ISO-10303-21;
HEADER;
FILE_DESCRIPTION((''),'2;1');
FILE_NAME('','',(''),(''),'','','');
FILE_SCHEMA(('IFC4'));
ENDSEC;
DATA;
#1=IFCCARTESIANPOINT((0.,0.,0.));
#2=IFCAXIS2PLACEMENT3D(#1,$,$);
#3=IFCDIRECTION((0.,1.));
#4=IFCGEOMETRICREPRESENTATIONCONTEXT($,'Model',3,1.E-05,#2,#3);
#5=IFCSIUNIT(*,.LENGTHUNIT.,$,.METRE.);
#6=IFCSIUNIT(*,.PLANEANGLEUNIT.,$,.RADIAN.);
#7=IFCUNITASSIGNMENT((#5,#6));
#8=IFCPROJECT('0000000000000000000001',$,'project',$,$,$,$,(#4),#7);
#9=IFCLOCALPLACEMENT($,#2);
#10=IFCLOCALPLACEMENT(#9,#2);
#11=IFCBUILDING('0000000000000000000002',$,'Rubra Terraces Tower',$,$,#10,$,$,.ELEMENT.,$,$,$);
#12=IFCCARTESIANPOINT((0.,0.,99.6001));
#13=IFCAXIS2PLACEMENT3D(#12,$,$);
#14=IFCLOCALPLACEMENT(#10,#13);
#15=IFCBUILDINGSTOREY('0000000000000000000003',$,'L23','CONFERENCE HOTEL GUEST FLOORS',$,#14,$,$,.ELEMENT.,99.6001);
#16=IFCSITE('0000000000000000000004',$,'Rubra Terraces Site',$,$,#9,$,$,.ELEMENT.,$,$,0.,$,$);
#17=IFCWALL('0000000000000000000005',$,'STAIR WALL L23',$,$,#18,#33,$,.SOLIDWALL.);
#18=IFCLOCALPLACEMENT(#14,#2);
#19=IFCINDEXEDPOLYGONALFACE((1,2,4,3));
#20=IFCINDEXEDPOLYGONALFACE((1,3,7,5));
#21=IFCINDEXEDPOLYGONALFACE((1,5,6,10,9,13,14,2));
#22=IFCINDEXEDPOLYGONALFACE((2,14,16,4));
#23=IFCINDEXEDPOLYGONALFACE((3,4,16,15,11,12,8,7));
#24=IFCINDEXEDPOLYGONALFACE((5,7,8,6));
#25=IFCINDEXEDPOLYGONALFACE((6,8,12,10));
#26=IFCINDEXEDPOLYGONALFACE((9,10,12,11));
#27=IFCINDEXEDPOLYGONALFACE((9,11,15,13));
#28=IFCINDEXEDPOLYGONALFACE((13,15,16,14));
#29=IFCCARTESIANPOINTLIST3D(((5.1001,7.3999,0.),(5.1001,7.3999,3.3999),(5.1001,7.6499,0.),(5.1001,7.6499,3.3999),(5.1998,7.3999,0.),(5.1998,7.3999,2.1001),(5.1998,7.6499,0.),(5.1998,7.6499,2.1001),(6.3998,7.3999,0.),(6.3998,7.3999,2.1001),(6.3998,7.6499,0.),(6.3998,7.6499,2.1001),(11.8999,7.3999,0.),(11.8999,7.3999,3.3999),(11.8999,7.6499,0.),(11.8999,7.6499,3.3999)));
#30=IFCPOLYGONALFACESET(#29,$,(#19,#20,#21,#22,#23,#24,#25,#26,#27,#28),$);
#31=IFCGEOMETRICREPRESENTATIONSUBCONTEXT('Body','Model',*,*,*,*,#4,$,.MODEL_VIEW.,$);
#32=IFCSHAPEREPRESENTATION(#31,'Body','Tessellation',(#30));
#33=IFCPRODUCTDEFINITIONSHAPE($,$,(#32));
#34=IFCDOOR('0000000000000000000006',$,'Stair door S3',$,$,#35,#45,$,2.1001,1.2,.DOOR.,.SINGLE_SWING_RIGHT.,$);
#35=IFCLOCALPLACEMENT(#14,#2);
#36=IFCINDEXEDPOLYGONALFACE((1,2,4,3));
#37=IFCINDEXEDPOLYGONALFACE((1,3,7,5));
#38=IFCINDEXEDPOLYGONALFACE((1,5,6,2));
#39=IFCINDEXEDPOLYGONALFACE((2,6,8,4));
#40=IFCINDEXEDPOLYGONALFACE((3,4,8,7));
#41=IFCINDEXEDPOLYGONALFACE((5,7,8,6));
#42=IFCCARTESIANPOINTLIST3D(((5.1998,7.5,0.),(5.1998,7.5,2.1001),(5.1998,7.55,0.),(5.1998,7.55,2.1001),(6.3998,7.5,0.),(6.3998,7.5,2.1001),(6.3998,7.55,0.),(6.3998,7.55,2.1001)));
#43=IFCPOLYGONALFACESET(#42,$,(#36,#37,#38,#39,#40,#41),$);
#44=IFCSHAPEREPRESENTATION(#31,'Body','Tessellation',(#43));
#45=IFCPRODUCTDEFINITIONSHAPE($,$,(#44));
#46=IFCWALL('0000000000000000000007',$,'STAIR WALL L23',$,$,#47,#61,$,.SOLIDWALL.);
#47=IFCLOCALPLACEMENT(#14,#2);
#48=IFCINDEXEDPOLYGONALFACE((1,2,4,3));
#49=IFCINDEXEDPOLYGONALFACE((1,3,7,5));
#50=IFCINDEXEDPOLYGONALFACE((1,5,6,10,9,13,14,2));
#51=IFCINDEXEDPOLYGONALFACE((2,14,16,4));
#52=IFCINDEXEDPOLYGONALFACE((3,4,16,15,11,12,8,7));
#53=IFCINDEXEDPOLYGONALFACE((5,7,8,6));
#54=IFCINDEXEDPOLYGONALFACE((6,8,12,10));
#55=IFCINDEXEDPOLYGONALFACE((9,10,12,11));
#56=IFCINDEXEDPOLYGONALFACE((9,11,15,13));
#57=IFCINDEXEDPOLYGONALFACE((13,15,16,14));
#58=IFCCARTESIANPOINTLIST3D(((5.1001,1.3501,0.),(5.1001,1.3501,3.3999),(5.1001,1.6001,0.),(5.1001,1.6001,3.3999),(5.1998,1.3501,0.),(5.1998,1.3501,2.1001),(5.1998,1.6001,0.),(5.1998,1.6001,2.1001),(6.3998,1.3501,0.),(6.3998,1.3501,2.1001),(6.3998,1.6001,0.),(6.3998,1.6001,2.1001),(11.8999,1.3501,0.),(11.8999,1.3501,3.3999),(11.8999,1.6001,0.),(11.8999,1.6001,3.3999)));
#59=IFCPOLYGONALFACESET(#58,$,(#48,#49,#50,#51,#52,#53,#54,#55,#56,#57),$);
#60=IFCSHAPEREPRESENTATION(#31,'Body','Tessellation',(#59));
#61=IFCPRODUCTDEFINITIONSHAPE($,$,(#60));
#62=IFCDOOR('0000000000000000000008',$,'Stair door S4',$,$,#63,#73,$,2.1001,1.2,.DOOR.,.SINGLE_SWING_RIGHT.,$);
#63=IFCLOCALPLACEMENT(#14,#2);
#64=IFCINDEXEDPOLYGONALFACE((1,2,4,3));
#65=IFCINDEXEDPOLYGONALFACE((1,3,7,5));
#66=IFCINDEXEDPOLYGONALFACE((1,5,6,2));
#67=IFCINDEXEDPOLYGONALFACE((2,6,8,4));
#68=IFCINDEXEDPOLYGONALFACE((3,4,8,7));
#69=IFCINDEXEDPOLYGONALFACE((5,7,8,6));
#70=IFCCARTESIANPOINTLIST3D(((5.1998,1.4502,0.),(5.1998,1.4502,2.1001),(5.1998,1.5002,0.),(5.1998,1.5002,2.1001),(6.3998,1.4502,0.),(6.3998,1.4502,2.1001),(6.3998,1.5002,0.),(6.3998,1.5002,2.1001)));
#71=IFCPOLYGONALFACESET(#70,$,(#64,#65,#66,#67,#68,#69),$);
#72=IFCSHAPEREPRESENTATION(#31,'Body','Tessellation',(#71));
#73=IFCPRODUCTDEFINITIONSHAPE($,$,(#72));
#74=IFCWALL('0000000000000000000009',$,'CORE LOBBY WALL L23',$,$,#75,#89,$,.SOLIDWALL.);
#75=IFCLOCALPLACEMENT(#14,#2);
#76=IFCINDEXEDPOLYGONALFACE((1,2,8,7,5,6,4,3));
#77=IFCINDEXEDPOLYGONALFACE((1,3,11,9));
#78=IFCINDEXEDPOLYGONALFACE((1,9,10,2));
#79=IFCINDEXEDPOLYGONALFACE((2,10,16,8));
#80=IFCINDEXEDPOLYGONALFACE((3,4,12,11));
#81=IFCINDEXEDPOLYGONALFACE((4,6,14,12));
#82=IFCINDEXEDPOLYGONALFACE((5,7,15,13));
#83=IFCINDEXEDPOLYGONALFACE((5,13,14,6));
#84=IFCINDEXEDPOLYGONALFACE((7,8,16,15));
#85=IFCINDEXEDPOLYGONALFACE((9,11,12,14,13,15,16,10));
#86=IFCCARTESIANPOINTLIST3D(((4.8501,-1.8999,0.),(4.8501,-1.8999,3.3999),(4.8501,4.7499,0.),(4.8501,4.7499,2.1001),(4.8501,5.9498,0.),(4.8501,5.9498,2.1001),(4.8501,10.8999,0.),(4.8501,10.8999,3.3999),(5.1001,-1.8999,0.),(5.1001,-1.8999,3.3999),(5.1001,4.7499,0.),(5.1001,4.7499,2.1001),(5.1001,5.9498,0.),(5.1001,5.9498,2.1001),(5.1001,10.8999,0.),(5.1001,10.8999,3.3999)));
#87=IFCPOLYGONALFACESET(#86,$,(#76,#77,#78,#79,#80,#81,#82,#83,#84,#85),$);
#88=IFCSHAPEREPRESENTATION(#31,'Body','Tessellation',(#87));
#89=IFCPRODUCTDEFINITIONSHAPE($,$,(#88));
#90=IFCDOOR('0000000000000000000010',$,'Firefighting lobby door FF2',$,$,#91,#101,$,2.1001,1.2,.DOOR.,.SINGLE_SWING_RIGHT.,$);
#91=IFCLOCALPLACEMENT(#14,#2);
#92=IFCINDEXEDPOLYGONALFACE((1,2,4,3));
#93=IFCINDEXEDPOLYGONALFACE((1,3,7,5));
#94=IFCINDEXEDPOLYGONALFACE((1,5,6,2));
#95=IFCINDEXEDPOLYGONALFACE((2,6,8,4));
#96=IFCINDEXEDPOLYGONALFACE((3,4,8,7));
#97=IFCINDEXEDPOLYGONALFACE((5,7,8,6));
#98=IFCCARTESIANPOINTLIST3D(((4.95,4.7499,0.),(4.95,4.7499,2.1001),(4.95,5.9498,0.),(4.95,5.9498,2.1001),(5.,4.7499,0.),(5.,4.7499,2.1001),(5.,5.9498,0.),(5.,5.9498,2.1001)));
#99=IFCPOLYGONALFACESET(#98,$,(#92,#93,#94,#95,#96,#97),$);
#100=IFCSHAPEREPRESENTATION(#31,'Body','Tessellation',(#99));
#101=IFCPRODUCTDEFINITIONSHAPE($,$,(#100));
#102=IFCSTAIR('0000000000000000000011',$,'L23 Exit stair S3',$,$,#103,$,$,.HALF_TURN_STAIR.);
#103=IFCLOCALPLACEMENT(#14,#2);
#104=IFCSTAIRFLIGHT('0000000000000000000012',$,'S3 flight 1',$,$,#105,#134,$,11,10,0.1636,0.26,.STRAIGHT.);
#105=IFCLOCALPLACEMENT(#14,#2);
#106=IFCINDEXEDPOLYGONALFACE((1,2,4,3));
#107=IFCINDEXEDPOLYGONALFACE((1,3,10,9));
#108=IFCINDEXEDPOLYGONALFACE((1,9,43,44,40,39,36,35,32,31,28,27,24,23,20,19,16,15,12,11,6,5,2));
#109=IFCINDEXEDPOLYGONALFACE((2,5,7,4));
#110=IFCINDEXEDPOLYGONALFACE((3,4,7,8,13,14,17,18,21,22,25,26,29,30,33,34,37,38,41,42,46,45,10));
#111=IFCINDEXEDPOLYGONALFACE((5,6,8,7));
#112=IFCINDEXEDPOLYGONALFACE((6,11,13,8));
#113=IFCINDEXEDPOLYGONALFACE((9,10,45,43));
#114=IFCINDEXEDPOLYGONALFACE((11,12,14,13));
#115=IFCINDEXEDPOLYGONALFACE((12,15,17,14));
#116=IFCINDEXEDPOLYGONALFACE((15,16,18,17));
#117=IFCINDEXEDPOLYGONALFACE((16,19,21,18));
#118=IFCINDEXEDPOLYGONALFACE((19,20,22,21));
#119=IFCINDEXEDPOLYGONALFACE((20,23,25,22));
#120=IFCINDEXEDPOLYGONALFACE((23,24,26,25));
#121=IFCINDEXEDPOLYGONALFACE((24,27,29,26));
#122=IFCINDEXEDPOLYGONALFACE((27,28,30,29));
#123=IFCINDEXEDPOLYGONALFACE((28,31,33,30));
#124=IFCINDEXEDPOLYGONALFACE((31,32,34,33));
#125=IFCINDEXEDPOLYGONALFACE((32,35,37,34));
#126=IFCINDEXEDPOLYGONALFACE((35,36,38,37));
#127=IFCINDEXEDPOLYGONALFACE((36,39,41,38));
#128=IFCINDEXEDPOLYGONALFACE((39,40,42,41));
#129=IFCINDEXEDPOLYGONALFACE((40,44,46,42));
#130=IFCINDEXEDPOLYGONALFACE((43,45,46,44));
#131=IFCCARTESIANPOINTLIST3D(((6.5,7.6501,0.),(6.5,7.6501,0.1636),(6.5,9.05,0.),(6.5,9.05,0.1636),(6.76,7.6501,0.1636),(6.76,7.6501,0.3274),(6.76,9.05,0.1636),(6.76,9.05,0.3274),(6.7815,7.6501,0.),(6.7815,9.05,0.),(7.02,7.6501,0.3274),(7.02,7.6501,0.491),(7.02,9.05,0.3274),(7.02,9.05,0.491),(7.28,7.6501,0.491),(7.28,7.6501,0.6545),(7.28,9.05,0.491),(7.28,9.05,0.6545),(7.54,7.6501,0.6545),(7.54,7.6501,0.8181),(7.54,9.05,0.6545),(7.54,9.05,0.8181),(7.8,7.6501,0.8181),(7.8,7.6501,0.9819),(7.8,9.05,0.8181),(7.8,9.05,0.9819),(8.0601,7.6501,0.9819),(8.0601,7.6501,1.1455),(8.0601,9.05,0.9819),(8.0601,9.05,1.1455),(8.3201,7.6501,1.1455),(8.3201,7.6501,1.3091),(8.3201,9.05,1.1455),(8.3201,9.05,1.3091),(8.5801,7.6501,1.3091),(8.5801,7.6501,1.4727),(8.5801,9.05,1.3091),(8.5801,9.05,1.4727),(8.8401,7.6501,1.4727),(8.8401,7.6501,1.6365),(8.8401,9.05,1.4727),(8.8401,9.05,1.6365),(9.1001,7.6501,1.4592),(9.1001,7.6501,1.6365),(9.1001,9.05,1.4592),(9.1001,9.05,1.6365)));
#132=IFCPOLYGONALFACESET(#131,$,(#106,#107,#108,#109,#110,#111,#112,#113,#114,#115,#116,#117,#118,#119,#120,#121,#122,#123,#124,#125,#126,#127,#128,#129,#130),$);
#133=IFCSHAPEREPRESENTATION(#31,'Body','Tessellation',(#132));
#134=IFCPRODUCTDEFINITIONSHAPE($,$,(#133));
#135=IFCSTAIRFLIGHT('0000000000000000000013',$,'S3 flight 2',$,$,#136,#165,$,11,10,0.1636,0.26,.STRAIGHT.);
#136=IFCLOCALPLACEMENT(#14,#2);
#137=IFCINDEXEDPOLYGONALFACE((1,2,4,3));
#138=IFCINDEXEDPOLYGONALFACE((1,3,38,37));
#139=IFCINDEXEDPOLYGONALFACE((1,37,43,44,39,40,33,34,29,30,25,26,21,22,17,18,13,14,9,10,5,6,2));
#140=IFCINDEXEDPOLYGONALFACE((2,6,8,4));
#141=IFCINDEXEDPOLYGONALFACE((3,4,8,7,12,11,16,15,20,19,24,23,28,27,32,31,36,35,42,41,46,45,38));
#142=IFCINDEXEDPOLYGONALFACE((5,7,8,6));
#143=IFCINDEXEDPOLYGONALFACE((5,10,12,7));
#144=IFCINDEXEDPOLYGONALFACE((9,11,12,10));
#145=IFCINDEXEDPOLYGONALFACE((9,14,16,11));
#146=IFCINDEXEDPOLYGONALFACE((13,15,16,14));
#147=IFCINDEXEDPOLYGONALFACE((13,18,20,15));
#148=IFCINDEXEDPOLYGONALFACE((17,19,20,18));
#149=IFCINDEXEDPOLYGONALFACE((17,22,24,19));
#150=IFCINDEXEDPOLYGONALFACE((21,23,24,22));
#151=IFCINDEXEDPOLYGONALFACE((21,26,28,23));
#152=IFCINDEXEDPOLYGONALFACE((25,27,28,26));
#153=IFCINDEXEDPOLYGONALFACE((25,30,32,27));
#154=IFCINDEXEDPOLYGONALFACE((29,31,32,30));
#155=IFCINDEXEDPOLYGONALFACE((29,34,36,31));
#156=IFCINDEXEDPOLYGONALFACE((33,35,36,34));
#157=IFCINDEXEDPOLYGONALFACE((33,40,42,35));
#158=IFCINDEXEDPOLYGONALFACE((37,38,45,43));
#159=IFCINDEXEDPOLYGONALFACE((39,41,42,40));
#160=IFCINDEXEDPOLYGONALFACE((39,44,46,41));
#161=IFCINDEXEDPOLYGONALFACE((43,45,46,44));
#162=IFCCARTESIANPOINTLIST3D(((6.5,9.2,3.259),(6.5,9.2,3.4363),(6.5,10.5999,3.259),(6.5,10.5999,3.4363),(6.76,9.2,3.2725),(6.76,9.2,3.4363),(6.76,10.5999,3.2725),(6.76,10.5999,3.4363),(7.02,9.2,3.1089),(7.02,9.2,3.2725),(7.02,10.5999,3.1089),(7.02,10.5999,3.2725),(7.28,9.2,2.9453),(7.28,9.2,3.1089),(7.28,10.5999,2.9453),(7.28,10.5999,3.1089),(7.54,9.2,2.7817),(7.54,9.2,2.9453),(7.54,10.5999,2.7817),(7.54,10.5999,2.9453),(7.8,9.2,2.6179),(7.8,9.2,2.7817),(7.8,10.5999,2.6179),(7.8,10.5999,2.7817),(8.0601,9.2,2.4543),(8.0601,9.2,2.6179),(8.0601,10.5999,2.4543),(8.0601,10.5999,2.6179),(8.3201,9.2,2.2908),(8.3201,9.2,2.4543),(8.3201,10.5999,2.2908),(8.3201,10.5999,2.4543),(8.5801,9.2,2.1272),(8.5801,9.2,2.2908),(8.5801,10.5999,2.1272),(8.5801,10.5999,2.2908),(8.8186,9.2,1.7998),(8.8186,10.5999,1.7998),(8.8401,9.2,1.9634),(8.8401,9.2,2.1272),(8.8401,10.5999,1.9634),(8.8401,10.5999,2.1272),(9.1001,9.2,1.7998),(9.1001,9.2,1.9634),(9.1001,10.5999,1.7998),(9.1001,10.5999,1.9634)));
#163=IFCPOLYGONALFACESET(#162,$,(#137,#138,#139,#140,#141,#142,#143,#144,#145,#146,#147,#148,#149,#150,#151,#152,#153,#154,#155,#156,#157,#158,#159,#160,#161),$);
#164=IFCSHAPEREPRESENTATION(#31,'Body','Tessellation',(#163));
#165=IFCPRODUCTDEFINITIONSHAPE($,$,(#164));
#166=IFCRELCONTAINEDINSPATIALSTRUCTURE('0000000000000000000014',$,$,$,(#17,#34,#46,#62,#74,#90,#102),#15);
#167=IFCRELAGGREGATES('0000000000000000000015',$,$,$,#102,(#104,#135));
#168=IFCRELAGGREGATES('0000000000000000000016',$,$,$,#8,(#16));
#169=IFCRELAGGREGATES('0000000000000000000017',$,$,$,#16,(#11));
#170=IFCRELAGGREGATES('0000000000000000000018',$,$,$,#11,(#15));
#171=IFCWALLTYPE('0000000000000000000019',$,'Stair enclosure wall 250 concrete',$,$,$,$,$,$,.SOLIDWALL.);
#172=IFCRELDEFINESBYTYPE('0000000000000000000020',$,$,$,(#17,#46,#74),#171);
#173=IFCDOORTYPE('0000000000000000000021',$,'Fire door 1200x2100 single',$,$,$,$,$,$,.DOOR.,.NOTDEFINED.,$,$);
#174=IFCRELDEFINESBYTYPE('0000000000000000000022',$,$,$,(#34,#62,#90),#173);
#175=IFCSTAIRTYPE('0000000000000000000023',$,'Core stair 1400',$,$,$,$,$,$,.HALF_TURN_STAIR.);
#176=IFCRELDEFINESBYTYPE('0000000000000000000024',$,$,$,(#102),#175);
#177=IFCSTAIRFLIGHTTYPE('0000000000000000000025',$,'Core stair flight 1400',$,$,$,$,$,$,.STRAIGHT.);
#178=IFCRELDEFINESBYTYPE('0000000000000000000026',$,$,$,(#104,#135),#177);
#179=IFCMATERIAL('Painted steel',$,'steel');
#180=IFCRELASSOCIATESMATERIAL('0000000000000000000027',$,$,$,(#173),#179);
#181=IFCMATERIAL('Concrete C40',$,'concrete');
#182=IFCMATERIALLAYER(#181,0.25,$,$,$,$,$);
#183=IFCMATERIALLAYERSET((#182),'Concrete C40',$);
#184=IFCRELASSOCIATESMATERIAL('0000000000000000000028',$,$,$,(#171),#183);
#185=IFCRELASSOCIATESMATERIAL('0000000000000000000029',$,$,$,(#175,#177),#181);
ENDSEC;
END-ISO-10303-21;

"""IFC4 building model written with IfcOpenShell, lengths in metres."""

from ifc_helpers import new_model, si_unit, direction, frame, frame_2d, origin, place, context, subcontext, project, spatial, polyline, rectangle, outline, extrude, material, layer, layer_set, type_object, element, fill, aggregate, save


model = new_model("IFC4")

# Units and contexts
model_context = context("Model", 3, precision=1e-05, world=origin(), true_north=direction((0.0, 1.0)))
body_context = subcontext(model_context, "Body", "Model", "MODEL_VIEW")
ifc_project = project(units=[si_unit("LENGTHUNIT", "METRE"), si_unit("PLANEANGLEUNIT", "RADIAN")], contexts=[model_context])

# Site, building, storey
site_placement = place(None, origin())
site = spatial("IfcSite", under=ifc_project, at=site_placement, Name="Rubra Terraces Site", CompositionType="ELEMENT", RefElevation=0.0)
building_placement = place(site_placement, origin())
building = spatial("IfcBuilding", under=site, at=building_placement, Name="Rubra Terraces Tower", CompositionType="ELEMENT")
storey_placement = place(building_placement, frame((0.0, 0.0, 99.6001)))
storey = spatial("IfcBuildingStorey", under=building, at=storey_placement, Name="L23", Description="CONFERENCE HOTEL GUEST FLOORS", CompositionType="ELEMENT", Elevation=99.6001)

# Shared definitions
ifc_material_1 = material(Name="Concrete C40", Category="concrete")

# Shared definitions
ifc_material_2 = material(Name="Painted steel", Category="steel")
door_type_1 = type_object("IfcDoorType", Name="Fire door 1200x2100 single", OperationType="NOTDEFINED", PredefinedType="DOOR", material=ifc_material_2)

# Walls, openings, doors
ifc_layer_1 = layer(ifc_material_1, 0.25)
ifc_layer_set_1 = layer_set([ifc_layer_1], Name="Concrete C40")
wall_type_1 = type_object("IfcWallType", Name="Stair enclosure wall 250 concrete", PredefinedType="SOLIDWALL", material=ifc_layer_set_1)
wall_1_placement = place(storey_placement, frame((11.8999, 7.5249, 0.0), z_axis=(0.0, 0.0, 1.0), x_axis=(-1.0, 0.0, 0.0)))
wall_1 = element("IfcWall", 1, at=wall_1_placement, inside=storey, type_object=wall_type_1, Name="STAIR WALL L23", PredefinedType="SOLIDWALL", context=body_context, shape_type="SweptSolid", body=[
    extrude(rectangle(XDim=6.7998, YDim=0.25, at=frame_2d((3.3999, 0.0))), origin(), (0.0, 0.0, 1.0), 3.3999),
])
opening_1_placement = place(wall_1_placement, frame((5.5, 0.0, 0.0)))
opening_1 = element("IfcOpeningElement", 2, at=opening_1_placement, cuts=wall_1, PredefinedType="OPENING", context=body_context, shape_type="SweptSolid", body=[
    extrude(rectangle(XDim=1.2, YDim=2.1001, at=frame_2d((0.6001, 1.05))), frame((0.0, 0.135, 0.0), z_axis=(0.0, -1.0, 0.0), x_axis=(1.0, 0.0, 0.0)), (0.0, 0.0, 1.0), 0.27),
])
door_1_placement = place(opening_1_placement, origin())
door_1 = element("IfcDoor", 3, at=door_1_placement, inside=storey, type_object=door_type_1, Name="Stair door S3", OperationType="SINGLE_SWING_RIGHT", OverallHeight=2.1001, OverallWidth=1.2, PredefinedType="DOOR", context=body_context, shape_type="SweptSolid", body=[
    extrude(rectangle(XDim=1.2, YDim=2.1001, at=frame_2d((0.6001, 1.05))), frame((0.0, 0.0249, 0.0), z_axis=(0.0, -1.0, 0.0), x_axis=(1.0, 0.0, 0.0)), (0.0, 0.0, 1.0), 0.05),
])
fill(opening_1, door_1)
wall_2_placement = place(storey_placement, frame((11.8999, 1.4751, 0.0), z_axis=(0.0, 0.0, 1.0), x_axis=(-1.0, 0.0, 0.0)))
wall_2 = element("IfcWall", 4, at=wall_2_placement, inside=storey, type_object=wall_type_1, Name="STAIR WALL L23", PredefinedType="SOLIDWALL", context=body_context, shape_type="SweptSolid", body=[
    extrude(rectangle(XDim=6.7998, YDim=0.25, at=frame_2d((3.3999, 0.0))), origin(), (0.0, 0.0, 1.0), 3.3999),
])
opening_2_placement = place(wall_2_placement, frame((5.5, 0.0, 0.0)))
opening_2 = element("IfcOpeningElement", 5, at=opening_2_placement, cuts=wall_2, PredefinedType="OPENING", context=body_context, shape_type="SweptSolid", body=[
    extrude(rectangle(XDim=1.2, YDim=2.1001, at=frame_2d((0.6001, 1.05))), frame((0.0, 0.135, 0.0), z_axis=(0.0, -1.0, 0.0), x_axis=(1.0, 0.0, 0.0)), (0.0, 0.0, 1.0), 0.27),
])
door_2_placement = place(opening_2_placement, origin())
door_2 = element("IfcDoor", 6, at=door_2_placement, inside=storey, type_object=door_type_1, Name="Stair door S4", OperationType="SINGLE_SWING_RIGHT", OverallHeight=2.1001, OverallWidth=1.2, PredefinedType="DOOR", context=body_context, shape_type="SweptSolid", body=[
    extrude(rectangle(XDim=1.2, YDim=2.1001, at=frame_2d((0.6001, 1.05))), frame((0.0, 0.0249, 0.0), z_axis=(0.0, -1.0, 0.0), x_axis=(1.0, 0.0, 0.0)), (0.0, 0.0, 1.0), 0.05),
])
fill(opening_2, door_2)
wall_3_placement = place(storey_placement, frame((4.9751, 10.8999, 0.0), z_axis=(0.0, 0.0, 1.0), x_axis=(0.0, -1.0, 0.0)))
wall_3 = element("IfcWall", 7, at=wall_3_placement, inside=storey, type_object=wall_type_1, Name="CORE LOBBY WALL L23", PredefinedType="SOLIDWALL", context=body_context, shape_type="SweptSolid", body=[
    extrude(rectangle(XDim=12.7998, YDim=0.25, at=frame_2d((6.3999, 0.0))), origin(), (0.0, 0.0, 1.0), 3.3999),
])
opening_3_placement = place(wall_3_placement, frame((4.95, 0.0, 0.0)))
opening_3 = element("IfcOpeningElement", 8, at=opening_3_placement, cuts=wall_3, PredefinedType="OPENING", context=body_context, shape_type="SweptSolid", body=[
    extrude(rectangle(XDim=1.2, YDim=2.1001, at=frame_2d((0.6001, 1.05))), frame((0.0, 0.135, 0.0), z_axis=(0.0, -1.0, 0.0), x_axis=(1.0, 0.0, 0.0)), (0.0, 0.0, 1.0), 0.27),
])
door_3_placement = place(opening_3_placement, origin())
door_3 = element("IfcDoor", 9, at=door_3_placement, inside=storey, type_object=door_type_1, Name="Firefighting lobby door FF2", OperationType="SINGLE_SWING_RIGHT", OverallHeight=2.1001, OverallWidth=1.2, PredefinedType="DOOR", context=body_context, shape_type="SweptSolid", body=[
    extrude(rectangle(XDim=1.2, YDim=2.1001, at=frame_2d((0.6001, 1.05))), frame((0.0, 0.0249, 0.0), z_axis=(0.0, -1.0, 0.0), x_axis=(1.0, 0.0, 0.0)), (0.0, 0.0, 1.0), 0.05),
])
fill(opening_3, door_3)

# Stair, stair flights
stair_type = type_object("IfcStairType", Name="Core stair 1400", PredefinedType="HALF_TURN_STAIR", material=ifc_material_1)
stair_1_placement = place(storey_placement, origin())
stair_1 = element("IfcStair", 10, at=stair_1_placement, inside=storey, type_object=stair_type, Name="L23 Exit stair S3", PredefinedType="HALF_TURN_STAIR")
stair_flight_type = type_object("IfcStairFlightType", Name="Core stair flight 1400", PredefinedType="STRAIGHT", material=ifc_material_1)
stair_flight_1_placement = place(storey_placement, frame((6.5, 8.3501, 0.0), z_axis=(0.0, 0.0, 1.0), x_axis=(1.0, 0.0, 0.0)))
stair_flight_1 = element("IfcStairFlight", 11, at=stair_flight_1_placement, type_object=stair_flight_type, Name="S3 flight 1", NumberOfRisers=11, NumberOfTreads=10, PredefinedType="STRAIGHT", RiserHeight=0.1636, TreadLength=0.26, context=body_context, shape_type="SweptSolid", body=[
    extrude(outline(polyline([(0.0, 0.0), (0.0, 0.1636), (0.26, 0.1636), (0.26, 0.3274), (0.52, 0.3274), (0.52, 0.491), (0.78, 0.491), (0.78, 0.6545), (1.04, 0.6545), (1.04, 0.8181), (1.3, 0.8181), (1.3, 0.9819), (1.5601, 0.9819), (1.5601, 1.1455), (1.8201, 1.1455), (1.8201, 1.3091), (2.0801, 1.3091), (2.0801, 1.4727), (2.3401, 1.4727), (2.3401, 1.6365), (2.6001, 1.6365), (2.6001, 1.8), (2.6001, 1.4592), (0.2815, 0.0), (0.0, 0.0)])), frame((0.0, 0.7, 0.0), z_axis=(0.0, -1.0, 0.0), x_axis=(1.0, 0.0, 0.0)), (0.0, 0.0, 1.0), 1.3999),
])
stair_flight_2_placement = place(storey_placement, frame((9.1001, 9.8999, 1.7998), z_axis=(0.0, 0.0, 1.0), x_axis=(-1.0, 0.0, 0.0)))
stair_flight_2 = element("IfcStairFlight", 12, at=stair_flight_2_placement, type_object=stair_flight_type, Name="S3 flight 2", NumberOfRisers=11, NumberOfTreads=10, PredefinedType="STRAIGHT", RiserHeight=0.1636, TreadLength=0.26, context=body_context, shape_type="SweptSolid", body=[
    extrude(outline(polyline([(0.0, 0.0), (0.0, 0.1636), (0.26, 0.1636), (0.26, 0.3274), (0.52, 0.3274), (0.52, 0.491), (0.78, 0.491), (0.78, 0.6545), (1.04, 0.6545), (1.04, 0.8181), (1.3, 0.8181), (1.3, 0.9819), (1.5601, 0.9819), (1.5601, 1.1455), (1.8201, 1.1455), (1.8201, 1.3091), (2.0801, 1.3091), (2.0801, 1.4727), (2.3401, 1.4727), (2.3401, 1.6365), (2.6001, 1.6365), (2.6001, 1.8), (2.6001, 1.4592), (0.2815, 0.0), (0.0, 0.0)])), frame((0.0, 0.7, 0.0), z_axis=(0.0, -1.0, 0.0), x_axis=(1.0, 0.0, 0.0)), (0.0, 0.0, 1.0), 1.3999),
])
aggregate(stair_1, [stair_flight_1, stair_flight_2])

save(model, "model.ifc")
